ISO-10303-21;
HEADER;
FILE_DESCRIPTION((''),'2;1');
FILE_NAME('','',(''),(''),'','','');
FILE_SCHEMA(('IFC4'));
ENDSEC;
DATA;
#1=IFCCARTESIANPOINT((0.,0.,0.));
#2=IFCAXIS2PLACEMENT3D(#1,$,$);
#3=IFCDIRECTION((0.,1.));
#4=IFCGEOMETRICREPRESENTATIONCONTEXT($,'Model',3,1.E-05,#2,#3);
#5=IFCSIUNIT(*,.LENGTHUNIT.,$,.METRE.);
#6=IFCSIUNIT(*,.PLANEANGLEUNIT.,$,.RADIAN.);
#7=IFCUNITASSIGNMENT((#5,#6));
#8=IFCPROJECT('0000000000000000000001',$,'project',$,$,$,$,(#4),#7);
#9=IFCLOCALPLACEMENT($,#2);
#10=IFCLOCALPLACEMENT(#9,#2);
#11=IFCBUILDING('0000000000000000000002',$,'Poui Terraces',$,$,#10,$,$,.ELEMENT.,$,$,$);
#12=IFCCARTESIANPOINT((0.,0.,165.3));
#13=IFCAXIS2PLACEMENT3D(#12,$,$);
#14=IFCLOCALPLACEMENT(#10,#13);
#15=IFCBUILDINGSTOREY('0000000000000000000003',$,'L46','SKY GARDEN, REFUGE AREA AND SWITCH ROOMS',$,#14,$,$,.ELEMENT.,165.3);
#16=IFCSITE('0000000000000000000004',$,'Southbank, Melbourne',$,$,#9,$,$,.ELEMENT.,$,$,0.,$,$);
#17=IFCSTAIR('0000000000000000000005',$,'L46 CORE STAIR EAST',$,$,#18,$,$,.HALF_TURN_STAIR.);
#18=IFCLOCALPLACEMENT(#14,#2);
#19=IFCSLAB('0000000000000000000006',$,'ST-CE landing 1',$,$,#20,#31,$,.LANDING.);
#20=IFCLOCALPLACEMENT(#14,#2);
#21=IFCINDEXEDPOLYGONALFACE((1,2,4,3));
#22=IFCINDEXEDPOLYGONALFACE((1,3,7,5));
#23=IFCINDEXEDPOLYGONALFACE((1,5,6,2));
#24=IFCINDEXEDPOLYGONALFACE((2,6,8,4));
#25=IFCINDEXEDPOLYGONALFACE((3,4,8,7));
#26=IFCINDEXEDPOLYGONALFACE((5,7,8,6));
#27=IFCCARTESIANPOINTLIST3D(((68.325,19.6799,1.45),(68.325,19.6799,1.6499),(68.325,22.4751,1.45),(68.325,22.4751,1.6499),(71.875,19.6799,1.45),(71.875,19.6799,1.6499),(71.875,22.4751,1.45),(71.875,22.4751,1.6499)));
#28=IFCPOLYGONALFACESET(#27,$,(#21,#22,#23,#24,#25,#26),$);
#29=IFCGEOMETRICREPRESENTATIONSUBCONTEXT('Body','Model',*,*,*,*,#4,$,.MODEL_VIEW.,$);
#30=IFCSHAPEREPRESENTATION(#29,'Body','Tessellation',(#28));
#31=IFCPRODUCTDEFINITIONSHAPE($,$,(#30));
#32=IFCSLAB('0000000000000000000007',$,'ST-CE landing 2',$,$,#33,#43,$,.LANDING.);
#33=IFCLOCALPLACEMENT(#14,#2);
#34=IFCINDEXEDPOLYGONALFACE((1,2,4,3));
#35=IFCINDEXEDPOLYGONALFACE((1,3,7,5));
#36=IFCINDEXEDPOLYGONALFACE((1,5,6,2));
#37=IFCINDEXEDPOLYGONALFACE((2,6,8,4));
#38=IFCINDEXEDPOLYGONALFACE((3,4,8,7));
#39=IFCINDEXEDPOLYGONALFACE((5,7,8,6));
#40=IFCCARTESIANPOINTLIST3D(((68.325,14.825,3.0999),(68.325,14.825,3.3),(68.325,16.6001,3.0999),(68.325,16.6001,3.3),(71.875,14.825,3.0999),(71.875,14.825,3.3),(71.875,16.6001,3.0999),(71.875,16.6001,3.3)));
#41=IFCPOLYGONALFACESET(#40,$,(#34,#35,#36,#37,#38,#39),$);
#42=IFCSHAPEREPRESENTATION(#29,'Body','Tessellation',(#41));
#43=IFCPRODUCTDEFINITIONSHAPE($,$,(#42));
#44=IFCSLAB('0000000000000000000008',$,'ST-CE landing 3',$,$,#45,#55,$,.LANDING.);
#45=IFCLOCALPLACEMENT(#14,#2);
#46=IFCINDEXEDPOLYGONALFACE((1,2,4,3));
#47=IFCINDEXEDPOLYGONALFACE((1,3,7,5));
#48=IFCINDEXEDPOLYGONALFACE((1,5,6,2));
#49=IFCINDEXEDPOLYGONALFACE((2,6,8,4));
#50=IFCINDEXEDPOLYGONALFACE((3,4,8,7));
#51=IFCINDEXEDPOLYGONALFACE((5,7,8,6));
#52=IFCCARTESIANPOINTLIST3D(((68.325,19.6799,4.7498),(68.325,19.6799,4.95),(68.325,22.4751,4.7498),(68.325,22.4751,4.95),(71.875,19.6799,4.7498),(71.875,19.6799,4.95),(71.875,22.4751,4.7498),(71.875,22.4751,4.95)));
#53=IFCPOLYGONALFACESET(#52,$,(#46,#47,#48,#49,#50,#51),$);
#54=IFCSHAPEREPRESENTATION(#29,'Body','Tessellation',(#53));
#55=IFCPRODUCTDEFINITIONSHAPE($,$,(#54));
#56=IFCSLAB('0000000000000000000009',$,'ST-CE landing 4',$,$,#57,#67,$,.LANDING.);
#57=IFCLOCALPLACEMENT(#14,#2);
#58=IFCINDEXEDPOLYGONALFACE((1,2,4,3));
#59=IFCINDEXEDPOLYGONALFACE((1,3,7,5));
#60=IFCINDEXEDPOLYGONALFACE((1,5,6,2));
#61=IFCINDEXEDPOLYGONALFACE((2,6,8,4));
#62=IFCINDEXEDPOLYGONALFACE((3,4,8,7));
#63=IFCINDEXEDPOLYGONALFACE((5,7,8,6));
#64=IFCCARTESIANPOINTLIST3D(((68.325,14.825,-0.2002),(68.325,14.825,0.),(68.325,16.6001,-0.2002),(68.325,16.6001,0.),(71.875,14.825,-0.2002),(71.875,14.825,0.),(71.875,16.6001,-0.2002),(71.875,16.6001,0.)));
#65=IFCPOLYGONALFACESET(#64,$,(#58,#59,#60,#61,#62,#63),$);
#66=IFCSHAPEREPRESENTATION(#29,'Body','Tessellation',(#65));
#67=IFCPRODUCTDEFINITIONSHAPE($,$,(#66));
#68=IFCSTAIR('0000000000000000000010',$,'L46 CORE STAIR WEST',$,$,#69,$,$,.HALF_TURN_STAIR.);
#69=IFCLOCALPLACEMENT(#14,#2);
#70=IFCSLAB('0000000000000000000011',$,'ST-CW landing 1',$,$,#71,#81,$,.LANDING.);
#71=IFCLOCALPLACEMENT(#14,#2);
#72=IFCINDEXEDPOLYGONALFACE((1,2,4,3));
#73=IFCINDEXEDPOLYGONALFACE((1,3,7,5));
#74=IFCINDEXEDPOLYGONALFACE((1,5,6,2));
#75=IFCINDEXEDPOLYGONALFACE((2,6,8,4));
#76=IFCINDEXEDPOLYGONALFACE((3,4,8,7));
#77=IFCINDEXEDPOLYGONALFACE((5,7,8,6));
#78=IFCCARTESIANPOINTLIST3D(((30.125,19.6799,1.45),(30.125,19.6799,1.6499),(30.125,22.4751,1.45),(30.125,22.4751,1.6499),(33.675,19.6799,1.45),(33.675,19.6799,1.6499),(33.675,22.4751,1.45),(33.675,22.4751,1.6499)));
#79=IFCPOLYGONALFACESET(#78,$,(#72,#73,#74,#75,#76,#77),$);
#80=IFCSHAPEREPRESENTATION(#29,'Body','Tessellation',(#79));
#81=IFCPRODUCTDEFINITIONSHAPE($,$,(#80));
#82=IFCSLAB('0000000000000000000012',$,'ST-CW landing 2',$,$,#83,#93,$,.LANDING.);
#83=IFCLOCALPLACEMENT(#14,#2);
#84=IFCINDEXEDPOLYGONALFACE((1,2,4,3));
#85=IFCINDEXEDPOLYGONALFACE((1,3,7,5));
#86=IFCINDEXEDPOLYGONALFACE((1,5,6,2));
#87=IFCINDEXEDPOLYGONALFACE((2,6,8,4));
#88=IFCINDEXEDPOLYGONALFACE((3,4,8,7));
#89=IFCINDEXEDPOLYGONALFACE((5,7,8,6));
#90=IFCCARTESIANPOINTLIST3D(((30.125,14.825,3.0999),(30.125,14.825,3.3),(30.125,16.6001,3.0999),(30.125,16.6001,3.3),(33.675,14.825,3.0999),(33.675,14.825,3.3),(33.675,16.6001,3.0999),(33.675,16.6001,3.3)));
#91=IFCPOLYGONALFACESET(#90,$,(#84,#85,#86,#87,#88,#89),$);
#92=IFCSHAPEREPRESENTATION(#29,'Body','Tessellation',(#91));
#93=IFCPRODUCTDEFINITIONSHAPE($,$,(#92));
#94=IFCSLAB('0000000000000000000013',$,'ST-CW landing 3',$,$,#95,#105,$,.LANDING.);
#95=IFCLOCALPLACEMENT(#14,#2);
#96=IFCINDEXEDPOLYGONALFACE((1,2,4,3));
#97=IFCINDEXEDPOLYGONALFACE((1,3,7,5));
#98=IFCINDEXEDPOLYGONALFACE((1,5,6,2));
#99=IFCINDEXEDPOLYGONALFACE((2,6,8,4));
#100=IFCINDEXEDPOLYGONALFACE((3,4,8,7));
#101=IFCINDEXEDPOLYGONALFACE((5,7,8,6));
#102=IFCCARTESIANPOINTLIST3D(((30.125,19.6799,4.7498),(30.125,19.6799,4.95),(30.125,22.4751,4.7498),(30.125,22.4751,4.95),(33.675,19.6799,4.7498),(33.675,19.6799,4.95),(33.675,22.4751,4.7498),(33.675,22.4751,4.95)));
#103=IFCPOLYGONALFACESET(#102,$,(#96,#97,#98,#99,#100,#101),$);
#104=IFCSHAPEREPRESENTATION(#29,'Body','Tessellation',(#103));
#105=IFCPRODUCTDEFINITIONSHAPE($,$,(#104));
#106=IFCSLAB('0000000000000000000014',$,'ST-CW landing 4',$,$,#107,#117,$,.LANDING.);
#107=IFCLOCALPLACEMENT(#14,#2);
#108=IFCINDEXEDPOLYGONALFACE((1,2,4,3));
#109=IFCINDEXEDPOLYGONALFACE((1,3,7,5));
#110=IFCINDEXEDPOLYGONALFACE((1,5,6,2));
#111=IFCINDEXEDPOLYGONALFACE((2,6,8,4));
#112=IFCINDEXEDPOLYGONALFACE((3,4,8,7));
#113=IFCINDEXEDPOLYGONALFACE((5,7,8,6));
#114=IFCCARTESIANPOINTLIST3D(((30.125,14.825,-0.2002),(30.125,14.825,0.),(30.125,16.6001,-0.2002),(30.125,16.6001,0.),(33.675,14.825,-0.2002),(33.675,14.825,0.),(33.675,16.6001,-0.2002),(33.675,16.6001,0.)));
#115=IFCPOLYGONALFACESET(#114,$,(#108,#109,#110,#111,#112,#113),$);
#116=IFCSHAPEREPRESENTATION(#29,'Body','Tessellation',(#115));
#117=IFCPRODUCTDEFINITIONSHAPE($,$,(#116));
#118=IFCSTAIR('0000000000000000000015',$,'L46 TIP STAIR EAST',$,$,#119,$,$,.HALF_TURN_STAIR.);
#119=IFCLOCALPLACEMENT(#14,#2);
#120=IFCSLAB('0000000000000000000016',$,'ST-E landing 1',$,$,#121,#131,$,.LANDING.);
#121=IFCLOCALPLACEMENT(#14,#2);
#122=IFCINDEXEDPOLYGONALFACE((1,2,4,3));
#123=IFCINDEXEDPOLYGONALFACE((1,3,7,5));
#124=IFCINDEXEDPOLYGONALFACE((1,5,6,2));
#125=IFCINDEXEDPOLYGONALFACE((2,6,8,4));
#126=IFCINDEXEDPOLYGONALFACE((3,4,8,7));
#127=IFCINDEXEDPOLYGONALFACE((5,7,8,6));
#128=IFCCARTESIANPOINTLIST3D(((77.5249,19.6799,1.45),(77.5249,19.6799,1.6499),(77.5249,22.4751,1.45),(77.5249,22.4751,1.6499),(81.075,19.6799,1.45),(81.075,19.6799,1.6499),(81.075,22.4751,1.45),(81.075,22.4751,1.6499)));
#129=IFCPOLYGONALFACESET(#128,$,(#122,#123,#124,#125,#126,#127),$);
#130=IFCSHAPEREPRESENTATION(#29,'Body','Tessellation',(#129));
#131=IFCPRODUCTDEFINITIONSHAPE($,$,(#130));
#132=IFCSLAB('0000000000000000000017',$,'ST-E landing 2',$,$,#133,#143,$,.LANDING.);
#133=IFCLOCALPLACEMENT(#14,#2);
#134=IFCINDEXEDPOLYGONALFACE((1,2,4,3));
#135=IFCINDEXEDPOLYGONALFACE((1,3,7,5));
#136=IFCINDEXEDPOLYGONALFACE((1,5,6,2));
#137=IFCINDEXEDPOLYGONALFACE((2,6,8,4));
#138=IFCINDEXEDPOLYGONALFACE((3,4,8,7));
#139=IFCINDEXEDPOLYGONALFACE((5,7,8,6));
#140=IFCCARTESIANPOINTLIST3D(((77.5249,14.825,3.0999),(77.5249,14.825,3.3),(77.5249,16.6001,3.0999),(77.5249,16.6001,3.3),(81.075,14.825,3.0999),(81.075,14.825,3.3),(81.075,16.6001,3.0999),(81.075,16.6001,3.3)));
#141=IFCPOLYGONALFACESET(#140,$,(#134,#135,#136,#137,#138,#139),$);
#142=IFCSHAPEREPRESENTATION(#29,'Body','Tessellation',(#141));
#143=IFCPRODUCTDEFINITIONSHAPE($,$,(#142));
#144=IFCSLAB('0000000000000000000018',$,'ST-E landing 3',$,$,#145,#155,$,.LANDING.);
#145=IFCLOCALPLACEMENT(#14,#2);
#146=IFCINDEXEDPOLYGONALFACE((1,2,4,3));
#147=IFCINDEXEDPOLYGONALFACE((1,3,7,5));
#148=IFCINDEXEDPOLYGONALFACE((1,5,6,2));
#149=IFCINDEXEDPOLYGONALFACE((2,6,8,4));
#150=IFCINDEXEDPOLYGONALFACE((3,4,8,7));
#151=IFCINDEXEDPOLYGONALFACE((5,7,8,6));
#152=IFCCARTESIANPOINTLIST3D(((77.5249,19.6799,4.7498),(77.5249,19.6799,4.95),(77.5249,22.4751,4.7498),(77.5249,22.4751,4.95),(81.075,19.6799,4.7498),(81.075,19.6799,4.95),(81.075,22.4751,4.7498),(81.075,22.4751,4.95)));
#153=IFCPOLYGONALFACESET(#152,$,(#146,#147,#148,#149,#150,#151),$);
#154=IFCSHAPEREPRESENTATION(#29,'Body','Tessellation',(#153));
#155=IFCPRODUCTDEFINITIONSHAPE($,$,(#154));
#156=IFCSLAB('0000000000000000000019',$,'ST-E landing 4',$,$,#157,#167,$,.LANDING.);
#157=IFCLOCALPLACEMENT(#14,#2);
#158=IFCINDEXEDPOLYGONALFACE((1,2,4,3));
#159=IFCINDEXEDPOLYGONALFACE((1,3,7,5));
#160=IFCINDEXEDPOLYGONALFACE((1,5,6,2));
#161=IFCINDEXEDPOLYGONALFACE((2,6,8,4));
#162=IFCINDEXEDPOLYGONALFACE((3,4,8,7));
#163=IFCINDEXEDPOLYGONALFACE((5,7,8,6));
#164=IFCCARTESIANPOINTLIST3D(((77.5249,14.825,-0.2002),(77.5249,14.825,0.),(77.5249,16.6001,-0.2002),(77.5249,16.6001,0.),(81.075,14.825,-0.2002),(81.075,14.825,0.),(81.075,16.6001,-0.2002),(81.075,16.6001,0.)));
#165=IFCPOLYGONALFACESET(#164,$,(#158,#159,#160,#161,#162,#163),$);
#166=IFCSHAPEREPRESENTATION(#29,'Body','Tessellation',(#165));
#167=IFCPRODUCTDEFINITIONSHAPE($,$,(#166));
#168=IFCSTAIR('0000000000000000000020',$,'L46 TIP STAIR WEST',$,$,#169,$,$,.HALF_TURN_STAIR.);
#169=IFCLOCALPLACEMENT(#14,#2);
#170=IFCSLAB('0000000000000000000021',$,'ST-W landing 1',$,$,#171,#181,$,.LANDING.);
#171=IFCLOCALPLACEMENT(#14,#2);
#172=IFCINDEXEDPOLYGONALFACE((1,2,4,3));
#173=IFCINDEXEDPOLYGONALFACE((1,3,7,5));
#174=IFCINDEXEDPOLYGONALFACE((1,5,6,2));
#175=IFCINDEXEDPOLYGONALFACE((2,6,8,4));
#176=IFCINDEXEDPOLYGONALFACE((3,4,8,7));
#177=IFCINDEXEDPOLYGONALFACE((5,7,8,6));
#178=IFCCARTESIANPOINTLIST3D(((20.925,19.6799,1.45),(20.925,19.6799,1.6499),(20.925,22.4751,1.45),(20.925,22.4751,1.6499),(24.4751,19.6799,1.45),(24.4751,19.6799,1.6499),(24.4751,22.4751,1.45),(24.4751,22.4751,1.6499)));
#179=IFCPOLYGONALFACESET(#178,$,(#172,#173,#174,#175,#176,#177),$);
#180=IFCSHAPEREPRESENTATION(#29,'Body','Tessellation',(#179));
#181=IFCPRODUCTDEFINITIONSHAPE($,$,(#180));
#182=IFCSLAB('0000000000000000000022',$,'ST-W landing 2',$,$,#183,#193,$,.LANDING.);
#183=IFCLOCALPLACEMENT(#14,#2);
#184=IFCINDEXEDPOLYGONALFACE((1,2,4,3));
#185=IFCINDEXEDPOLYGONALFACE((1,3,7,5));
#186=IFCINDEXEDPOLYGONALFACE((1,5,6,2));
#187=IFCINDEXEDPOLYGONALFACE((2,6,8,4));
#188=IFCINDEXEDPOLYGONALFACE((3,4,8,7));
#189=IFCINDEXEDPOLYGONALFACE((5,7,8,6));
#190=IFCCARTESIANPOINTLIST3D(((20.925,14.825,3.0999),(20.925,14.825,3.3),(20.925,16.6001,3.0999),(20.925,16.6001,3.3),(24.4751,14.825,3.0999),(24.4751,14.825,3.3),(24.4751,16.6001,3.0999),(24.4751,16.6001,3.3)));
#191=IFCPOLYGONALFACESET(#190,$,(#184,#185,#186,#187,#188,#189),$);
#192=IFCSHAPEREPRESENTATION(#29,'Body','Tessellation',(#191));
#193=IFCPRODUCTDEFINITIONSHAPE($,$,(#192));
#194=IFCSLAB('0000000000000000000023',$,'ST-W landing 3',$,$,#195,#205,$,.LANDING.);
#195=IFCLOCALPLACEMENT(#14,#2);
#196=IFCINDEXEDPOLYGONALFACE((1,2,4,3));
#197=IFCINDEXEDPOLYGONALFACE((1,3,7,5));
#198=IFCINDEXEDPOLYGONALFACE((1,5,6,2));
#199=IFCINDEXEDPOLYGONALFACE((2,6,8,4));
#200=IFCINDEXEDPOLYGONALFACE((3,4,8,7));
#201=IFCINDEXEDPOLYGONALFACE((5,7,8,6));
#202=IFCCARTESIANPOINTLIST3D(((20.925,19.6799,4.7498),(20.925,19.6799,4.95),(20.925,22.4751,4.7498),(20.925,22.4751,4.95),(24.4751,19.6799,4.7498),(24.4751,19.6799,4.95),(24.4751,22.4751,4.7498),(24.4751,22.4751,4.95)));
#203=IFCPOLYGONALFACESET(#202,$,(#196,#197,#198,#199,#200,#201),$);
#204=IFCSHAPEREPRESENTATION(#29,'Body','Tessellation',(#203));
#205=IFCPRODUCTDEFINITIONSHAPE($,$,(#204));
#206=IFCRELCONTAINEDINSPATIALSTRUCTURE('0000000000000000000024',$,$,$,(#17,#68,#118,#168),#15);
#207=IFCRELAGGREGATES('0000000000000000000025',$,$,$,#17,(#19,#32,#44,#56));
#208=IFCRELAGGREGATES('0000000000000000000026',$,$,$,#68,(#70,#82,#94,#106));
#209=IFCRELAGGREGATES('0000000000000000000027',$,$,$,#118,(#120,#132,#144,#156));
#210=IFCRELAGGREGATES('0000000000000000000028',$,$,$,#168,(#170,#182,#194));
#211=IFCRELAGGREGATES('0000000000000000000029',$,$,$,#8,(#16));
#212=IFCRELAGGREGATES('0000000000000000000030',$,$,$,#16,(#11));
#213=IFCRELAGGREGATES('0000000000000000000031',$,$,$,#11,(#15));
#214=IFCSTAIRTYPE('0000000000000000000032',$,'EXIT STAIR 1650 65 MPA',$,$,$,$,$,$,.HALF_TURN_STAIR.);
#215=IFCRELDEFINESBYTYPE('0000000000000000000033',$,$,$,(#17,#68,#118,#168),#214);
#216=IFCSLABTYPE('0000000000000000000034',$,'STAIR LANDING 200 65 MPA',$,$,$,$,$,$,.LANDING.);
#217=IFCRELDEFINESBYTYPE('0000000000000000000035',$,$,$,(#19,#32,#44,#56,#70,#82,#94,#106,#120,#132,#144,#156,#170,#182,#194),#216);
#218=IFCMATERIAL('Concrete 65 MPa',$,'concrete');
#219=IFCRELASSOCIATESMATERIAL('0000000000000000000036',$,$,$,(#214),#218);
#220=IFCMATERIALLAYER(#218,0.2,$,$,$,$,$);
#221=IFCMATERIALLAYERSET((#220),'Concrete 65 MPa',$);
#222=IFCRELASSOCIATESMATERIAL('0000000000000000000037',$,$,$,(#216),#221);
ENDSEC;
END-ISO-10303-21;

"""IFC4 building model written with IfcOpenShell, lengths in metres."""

from ifc_helpers import new_model, si_unit, direction, frame, origin, place, context, subcontext, project, spatial, polyline, outline, extrude, material, layer, layer_set, type_object, element, aggregate, save


model = new_model("IFC4")

# Units and contexts
model_context = context("Model", 3, precision=1e-05, world=origin(), true_north=direction((0.0, 1.0)))
body_context = subcontext(model_context, "Body", "Model", "MODEL_VIEW")
ifc_project = project(units=[si_unit("LENGTHUNIT", "METRE"), si_unit("PLANEANGLEUNIT", "RADIAN")], contexts=[model_context])

# Site, building, storey
site_placement = place(None, origin())
site = spatial("IfcSite", under=ifc_project, at=site_placement, Name="Southbank, Melbourne", CompositionType="ELEMENT", RefElevation=0.0)
building_placement = place(site_placement, origin())
building = spatial("IfcBuilding", under=site, at=building_placement, Name="Poui Terraces", CompositionType="ELEMENT")
storey_placement = place(building_placement, frame((0.0, 0.0, 165.3)))
storey = spatial("IfcBuildingStorey", under=building, at=storey_placement, Name="L46", Description="SKY GARDEN, REFUGE AREA AND SWITCH ROOMS", CompositionType="ELEMENT", Elevation=165.3)

# Stairs, slabs
ifc_material_1 = material(Name="Concrete 65 MPa", Category="concrete")
stair_type = type_object("IfcStairType", Name="EXIT STAIR 1650 65 MPA", PredefinedType="HALF_TURN_STAIR", material=ifc_material_1)
stair_1_placement = place(storey_placement, origin())
stair_1 = element("IfcStair", 1, at=stair_1_placement, inside=storey, type_object=stair_type, Name="L46 CORE STAIR EAST", PredefinedType="HALF_TURN_STAIR")
ifc_layer_1 = layer(ifc_material_1, 0.2)
ifc_layer_set_1 = layer_set([ifc_layer_1], Name="Concrete 65 MPa")
slab_type = type_object("IfcSlabType", Name="STAIR LANDING 200 65 MPA", PredefinedType="LANDING", material=ifc_layer_set_1)
slab_1_placement = place(storey_placement, frame((0.0, 0.0, 1.45)))
slab_1 = element("IfcSlab", 2, at=slab_1_placement, type_object=slab_type, Name="ST-CE landing 1", PredefinedType="LANDING", context=body_context, shape_type="SweptSolid", body=[
    extrude(outline(polyline([(68.325, 19.6799), (71.875, 19.6799), (71.875, 22.4751), (68.325, 22.4751), (68.325, 19.6799)])), origin(), (0.0, 0.0, 1.0), 0.2),
])
slab_2_placement = place(storey_placement, frame((0.0, 0.0, 3.0999)))
slab_2 = element("IfcSlab", 3, at=slab_2_placement, type_object=slab_type, Name="ST-CE landing 2", PredefinedType="LANDING", context=body_context, shape_type="SweptSolid", body=[
    extrude(outline(polyline([(68.325, 14.825), (71.875, 14.825), (71.875, 16.6001), (68.325, 16.6001), (68.325, 14.825)])), origin(), (0.0, 0.0, 1.0), 0.2002),
])
slab_3_placement = place(storey_placement, frame((0.0, 0.0, 4.7498)))
slab_3 = element("IfcSlab", 4, at=slab_3_placement, type_object=slab_type, Name="ST-CE landing 3", PredefinedType="LANDING", context=body_context, shape_type="SweptSolid", body=[
    extrude(outline(polyline([(68.325, 19.6799), (71.875, 19.6799), (71.875, 22.4751), (68.325, 22.4751), (68.325, 19.6799)])), origin(), (0.0, 0.0, 1.0), 0.2002),
])
slab_4_placement = place(storey_placement, frame((0.0, 0.0, -0.2002)))
slab_4 = element("IfcSlab", 5, at=slab_4_placement, type_object=slab_type, Name="ST-CE landing 4", PredefinedType="LANDING", context=body_context, shape_type="SweptSolid", body=[
    extrude(outline(polyline([(68.325, 14.825), (71.875, 14.825), (71.875, 16.6001), (68.325, 16.6001), (68.325, 14.825)])), origin(), (0.0, 0.0, 1.0), 0.2002),
])
aggregate(stair_1, [slab_1, slab_2, slab_3, slab_4])
stair_2_placement = place(storey_placement, origin())
stair_2 = element("IfcStair", 6, at=stair_2_placement, inside=storey, type_object=stair_type, Name="L46 CORE STAIR WEST", PredefinedType="HALF_TURN_STAIR")
slab_5_placement = place(storey_placement, frame((0.0, 0.0, 1.45)))
slab_5 = element("IfcSlab", 7, at=slab_5_placement, type_object=slab_type, Name="ST-CW landing 1", PredefinedType="LANDING", context=body_context, shape_type="SweptSolid", body=[
    extrude(outline(polyline([(30.125, 19.6799), (33.675, 19.6799), (33.675, 22.4751), (30.125, 22.4751), (30.125, 19.6799)])), origin(), (0.0, 0.0, 1.0), 0.2),
])
slab_6_placement = place(storey_placement, frame((0.0, 0.0, 3.0999)))
slab_6 = element("IfcSlab", 8, at=slab_6_placement, type_object=slab_type, Name="ST-CW landing 2", PredefinedType="LANDING", context=body_context, shape_type="SweptSolid", body=[
    extrude(outline(polyline([(30.125, 14.825), (33.675, 14.825), (33.675, 16.6001), (30.125, 16.6001), (30.125, 14.825)])), origin(), (0.0, 0.0, 1.0), 0.2002),
])
slab_7_placement = place(storey_placement, frame((0.0, 0.0, 4.7498)))
slab_7 = element("IfcSlab", 9, at=slab_7_placement, type_object=slab_type, Name="ST-CW landing 3", PredefinedType="LANDING", context=body_context, shape_type="SweptSolid", body=[
    extrude(outline(polyline([(30.125, 19.6799), (33.675, 19.6799), (33.675, 22.4751), (30.125, 22.4751), (30.125, 19.6799)])), origin(), (0.0, 0.0, 1.0), 0.2002),
])
slab_8_placement = place(storey_placement, frame((0.0, 0.0, -0.2002)))
slab_8 = element("IfcSlab", 10, at=slab_8_placement, type_object=slab_type, Name="ST-CW landing 4", PredefinedType="LANDING", context=body_context, shape_type="SweptSolid", body=[
    extrude(outline(polyline([(30.125, 14.825), (33.675, 14.825), (33.675, 16.6001), (30.125, 16.6001), (30.125, 14.825)])), origin(), (0.0, 0.0, 1.0), 0.2002),
])
aggregate(stair_2, [slab_5, slab_6, slab_7, slab_8])
stair_3_placement = place(storey_placement, origin())
stair_3 = element("IfcStair", 11, at=stair_3_placement, inside=storey, type_object=stair_type, Name="L46 TIP STAIR EAST", PredefinedType="HALF_TURN_STAIR")
slab_9_placement = place(storey_placement, frame((0.0, 0.0, 1.45)))
slab_9 = element("IfcSlab", 12, at=slab_9_placement, type_object=slab_type, Name="ST-E landing 1", PredefinedType="LANDING", context=body_context, shape_type="SweptSolid", body=[
    extrude(outline(polyline([(77.5249, 19.6799), (81.075, 19.6799), (81.075, 22.4751), (77.5249, 22.4751), (77.5249, 19.6799)])), origin(), (0.0, 0.0, 1.0), 0.2),
])
slab_10_placement = place(storey_placement, frame((0.0, 0.0, 3.0999)))
slab_10 = element("IfcSlab", 13, at=slab_10_placement, type_object=slab_type, Name="ST-E landing 2", PredefinedType="LANDING", context=body_context, shape_type="SweptSolid", body=[
    extrude(outline(polyline([(77.5249, 14.825), (81.075, 14.825), (81.075, 16.6001), (77.5249, 16.6001), (77.5249, 14.825)])), origin(), (0.0, 0.0, 1.0), 0.2002),
])
slab_11_placement = place(storey_placement, frame((0.0, 0.0, 4.7498)))
slab_11 = element("IfcSlab", 14, at=slab_11_placement, type_object=slab_type, Name="ST-E landing 3", PredefinedType="LANDING", context=body_context, shape_type="SweptSolid", body=[
    extrude(outline(polyline([(77.5249, 19.6799), (81.075, 19.6799), (81.075, 22.4751), (77.5249, 22.4751), (77.5249, 19.6799)])), origin(), (0.0, 0.0, 1.0), 0.2002),
])
slab_12_placement = place(storey_placement, frame((0.0, 0.0, -0.2002)))
slab_12 = element("IfcSlab", 15, at=slab_12_placement, type_object=slab_type, Name="ST-E landing 4", PredefinedType="LANDING", context=body_context, shape_type="SweptSolid", body=[
    extrude(outline(polyline([(77.5249, 14.825), (81.075, 14.825), (81.075, 16.6001), (77.5249, 16.6001), (77.5249, 14.825)])), origin(), (0.0, 0.0, 1.0), 0.2002),
])
aggregate(stair_3, [slab_9, slab_10, slab_11, slab_12])
stair_4_placement = place(storey_placement, origin())
stair_4 = element("IfcStair", 16, at=stair_4_placement, inside=storey, type_object=stair_type, Name="L46 TIP STAIR WEST", PredefinedType="HALF_TURN_STAIR")
slab_13_placement = place(storey_placement, frame((0.0, 0.0, 1.45)))
slab_13 = element("IfcSlab", 17, at=slab_13_placement, type_object=slab_type, Name="ST-W landing 1", PredefinedType="LANDING", context=body_context, shape_type="SweptSolid", body=[
    extrude(outline(polyline([(20.925, 19.6799), (24.4751, 19.6799), (24.4751, 22.4751), (20.925, 22.4751), (20.925, 19.6799)])), origin(), (0.0, 0.0, 1.0), 0.2),
])
slab_14_placement = place(storey_placement, frame((0.0, 0.0, 3.0999)))
slab_14 = element("IfcSlab", 18, at=slab_14_placement, type_object=slab_type, Name="ST-W landing 2", PredefinedType="LANDING", context=body_context, shape_type="SweptSolid", body=[
    extrude(outline(polyline([(20.925, 14.825), (24.4751, 14.825), (24.4751, 16.6001), (20.925, 16.6001), (20.925, 14.825)])), origin(), (0.0, 0.0, 1.0), 0.2002),
])
slab_15_placement = place(storey_placement, frame((0.0, 0.0, 4.7498)))
slab_15 = element("IfcSlab", 19, at=slab_15_placement, type_object=slab_type, Name="ST-W landing 3", PredefinedType="LANDING", context=body_context, shape_type="SweptSolid", body=[
    extrude(outline(polyline([(20.925, 19.6799), (24.4751, 19.6799), (24.4751, 22.4751), (20.925, 22.4751), (20.925, 19.6799)])), origin(), (0.0, 0.0, 1.0), 0.2002),
])

aggregate(stair_4, [slab_13, slab_14, slab_15])

save(model, "model.ifc")
